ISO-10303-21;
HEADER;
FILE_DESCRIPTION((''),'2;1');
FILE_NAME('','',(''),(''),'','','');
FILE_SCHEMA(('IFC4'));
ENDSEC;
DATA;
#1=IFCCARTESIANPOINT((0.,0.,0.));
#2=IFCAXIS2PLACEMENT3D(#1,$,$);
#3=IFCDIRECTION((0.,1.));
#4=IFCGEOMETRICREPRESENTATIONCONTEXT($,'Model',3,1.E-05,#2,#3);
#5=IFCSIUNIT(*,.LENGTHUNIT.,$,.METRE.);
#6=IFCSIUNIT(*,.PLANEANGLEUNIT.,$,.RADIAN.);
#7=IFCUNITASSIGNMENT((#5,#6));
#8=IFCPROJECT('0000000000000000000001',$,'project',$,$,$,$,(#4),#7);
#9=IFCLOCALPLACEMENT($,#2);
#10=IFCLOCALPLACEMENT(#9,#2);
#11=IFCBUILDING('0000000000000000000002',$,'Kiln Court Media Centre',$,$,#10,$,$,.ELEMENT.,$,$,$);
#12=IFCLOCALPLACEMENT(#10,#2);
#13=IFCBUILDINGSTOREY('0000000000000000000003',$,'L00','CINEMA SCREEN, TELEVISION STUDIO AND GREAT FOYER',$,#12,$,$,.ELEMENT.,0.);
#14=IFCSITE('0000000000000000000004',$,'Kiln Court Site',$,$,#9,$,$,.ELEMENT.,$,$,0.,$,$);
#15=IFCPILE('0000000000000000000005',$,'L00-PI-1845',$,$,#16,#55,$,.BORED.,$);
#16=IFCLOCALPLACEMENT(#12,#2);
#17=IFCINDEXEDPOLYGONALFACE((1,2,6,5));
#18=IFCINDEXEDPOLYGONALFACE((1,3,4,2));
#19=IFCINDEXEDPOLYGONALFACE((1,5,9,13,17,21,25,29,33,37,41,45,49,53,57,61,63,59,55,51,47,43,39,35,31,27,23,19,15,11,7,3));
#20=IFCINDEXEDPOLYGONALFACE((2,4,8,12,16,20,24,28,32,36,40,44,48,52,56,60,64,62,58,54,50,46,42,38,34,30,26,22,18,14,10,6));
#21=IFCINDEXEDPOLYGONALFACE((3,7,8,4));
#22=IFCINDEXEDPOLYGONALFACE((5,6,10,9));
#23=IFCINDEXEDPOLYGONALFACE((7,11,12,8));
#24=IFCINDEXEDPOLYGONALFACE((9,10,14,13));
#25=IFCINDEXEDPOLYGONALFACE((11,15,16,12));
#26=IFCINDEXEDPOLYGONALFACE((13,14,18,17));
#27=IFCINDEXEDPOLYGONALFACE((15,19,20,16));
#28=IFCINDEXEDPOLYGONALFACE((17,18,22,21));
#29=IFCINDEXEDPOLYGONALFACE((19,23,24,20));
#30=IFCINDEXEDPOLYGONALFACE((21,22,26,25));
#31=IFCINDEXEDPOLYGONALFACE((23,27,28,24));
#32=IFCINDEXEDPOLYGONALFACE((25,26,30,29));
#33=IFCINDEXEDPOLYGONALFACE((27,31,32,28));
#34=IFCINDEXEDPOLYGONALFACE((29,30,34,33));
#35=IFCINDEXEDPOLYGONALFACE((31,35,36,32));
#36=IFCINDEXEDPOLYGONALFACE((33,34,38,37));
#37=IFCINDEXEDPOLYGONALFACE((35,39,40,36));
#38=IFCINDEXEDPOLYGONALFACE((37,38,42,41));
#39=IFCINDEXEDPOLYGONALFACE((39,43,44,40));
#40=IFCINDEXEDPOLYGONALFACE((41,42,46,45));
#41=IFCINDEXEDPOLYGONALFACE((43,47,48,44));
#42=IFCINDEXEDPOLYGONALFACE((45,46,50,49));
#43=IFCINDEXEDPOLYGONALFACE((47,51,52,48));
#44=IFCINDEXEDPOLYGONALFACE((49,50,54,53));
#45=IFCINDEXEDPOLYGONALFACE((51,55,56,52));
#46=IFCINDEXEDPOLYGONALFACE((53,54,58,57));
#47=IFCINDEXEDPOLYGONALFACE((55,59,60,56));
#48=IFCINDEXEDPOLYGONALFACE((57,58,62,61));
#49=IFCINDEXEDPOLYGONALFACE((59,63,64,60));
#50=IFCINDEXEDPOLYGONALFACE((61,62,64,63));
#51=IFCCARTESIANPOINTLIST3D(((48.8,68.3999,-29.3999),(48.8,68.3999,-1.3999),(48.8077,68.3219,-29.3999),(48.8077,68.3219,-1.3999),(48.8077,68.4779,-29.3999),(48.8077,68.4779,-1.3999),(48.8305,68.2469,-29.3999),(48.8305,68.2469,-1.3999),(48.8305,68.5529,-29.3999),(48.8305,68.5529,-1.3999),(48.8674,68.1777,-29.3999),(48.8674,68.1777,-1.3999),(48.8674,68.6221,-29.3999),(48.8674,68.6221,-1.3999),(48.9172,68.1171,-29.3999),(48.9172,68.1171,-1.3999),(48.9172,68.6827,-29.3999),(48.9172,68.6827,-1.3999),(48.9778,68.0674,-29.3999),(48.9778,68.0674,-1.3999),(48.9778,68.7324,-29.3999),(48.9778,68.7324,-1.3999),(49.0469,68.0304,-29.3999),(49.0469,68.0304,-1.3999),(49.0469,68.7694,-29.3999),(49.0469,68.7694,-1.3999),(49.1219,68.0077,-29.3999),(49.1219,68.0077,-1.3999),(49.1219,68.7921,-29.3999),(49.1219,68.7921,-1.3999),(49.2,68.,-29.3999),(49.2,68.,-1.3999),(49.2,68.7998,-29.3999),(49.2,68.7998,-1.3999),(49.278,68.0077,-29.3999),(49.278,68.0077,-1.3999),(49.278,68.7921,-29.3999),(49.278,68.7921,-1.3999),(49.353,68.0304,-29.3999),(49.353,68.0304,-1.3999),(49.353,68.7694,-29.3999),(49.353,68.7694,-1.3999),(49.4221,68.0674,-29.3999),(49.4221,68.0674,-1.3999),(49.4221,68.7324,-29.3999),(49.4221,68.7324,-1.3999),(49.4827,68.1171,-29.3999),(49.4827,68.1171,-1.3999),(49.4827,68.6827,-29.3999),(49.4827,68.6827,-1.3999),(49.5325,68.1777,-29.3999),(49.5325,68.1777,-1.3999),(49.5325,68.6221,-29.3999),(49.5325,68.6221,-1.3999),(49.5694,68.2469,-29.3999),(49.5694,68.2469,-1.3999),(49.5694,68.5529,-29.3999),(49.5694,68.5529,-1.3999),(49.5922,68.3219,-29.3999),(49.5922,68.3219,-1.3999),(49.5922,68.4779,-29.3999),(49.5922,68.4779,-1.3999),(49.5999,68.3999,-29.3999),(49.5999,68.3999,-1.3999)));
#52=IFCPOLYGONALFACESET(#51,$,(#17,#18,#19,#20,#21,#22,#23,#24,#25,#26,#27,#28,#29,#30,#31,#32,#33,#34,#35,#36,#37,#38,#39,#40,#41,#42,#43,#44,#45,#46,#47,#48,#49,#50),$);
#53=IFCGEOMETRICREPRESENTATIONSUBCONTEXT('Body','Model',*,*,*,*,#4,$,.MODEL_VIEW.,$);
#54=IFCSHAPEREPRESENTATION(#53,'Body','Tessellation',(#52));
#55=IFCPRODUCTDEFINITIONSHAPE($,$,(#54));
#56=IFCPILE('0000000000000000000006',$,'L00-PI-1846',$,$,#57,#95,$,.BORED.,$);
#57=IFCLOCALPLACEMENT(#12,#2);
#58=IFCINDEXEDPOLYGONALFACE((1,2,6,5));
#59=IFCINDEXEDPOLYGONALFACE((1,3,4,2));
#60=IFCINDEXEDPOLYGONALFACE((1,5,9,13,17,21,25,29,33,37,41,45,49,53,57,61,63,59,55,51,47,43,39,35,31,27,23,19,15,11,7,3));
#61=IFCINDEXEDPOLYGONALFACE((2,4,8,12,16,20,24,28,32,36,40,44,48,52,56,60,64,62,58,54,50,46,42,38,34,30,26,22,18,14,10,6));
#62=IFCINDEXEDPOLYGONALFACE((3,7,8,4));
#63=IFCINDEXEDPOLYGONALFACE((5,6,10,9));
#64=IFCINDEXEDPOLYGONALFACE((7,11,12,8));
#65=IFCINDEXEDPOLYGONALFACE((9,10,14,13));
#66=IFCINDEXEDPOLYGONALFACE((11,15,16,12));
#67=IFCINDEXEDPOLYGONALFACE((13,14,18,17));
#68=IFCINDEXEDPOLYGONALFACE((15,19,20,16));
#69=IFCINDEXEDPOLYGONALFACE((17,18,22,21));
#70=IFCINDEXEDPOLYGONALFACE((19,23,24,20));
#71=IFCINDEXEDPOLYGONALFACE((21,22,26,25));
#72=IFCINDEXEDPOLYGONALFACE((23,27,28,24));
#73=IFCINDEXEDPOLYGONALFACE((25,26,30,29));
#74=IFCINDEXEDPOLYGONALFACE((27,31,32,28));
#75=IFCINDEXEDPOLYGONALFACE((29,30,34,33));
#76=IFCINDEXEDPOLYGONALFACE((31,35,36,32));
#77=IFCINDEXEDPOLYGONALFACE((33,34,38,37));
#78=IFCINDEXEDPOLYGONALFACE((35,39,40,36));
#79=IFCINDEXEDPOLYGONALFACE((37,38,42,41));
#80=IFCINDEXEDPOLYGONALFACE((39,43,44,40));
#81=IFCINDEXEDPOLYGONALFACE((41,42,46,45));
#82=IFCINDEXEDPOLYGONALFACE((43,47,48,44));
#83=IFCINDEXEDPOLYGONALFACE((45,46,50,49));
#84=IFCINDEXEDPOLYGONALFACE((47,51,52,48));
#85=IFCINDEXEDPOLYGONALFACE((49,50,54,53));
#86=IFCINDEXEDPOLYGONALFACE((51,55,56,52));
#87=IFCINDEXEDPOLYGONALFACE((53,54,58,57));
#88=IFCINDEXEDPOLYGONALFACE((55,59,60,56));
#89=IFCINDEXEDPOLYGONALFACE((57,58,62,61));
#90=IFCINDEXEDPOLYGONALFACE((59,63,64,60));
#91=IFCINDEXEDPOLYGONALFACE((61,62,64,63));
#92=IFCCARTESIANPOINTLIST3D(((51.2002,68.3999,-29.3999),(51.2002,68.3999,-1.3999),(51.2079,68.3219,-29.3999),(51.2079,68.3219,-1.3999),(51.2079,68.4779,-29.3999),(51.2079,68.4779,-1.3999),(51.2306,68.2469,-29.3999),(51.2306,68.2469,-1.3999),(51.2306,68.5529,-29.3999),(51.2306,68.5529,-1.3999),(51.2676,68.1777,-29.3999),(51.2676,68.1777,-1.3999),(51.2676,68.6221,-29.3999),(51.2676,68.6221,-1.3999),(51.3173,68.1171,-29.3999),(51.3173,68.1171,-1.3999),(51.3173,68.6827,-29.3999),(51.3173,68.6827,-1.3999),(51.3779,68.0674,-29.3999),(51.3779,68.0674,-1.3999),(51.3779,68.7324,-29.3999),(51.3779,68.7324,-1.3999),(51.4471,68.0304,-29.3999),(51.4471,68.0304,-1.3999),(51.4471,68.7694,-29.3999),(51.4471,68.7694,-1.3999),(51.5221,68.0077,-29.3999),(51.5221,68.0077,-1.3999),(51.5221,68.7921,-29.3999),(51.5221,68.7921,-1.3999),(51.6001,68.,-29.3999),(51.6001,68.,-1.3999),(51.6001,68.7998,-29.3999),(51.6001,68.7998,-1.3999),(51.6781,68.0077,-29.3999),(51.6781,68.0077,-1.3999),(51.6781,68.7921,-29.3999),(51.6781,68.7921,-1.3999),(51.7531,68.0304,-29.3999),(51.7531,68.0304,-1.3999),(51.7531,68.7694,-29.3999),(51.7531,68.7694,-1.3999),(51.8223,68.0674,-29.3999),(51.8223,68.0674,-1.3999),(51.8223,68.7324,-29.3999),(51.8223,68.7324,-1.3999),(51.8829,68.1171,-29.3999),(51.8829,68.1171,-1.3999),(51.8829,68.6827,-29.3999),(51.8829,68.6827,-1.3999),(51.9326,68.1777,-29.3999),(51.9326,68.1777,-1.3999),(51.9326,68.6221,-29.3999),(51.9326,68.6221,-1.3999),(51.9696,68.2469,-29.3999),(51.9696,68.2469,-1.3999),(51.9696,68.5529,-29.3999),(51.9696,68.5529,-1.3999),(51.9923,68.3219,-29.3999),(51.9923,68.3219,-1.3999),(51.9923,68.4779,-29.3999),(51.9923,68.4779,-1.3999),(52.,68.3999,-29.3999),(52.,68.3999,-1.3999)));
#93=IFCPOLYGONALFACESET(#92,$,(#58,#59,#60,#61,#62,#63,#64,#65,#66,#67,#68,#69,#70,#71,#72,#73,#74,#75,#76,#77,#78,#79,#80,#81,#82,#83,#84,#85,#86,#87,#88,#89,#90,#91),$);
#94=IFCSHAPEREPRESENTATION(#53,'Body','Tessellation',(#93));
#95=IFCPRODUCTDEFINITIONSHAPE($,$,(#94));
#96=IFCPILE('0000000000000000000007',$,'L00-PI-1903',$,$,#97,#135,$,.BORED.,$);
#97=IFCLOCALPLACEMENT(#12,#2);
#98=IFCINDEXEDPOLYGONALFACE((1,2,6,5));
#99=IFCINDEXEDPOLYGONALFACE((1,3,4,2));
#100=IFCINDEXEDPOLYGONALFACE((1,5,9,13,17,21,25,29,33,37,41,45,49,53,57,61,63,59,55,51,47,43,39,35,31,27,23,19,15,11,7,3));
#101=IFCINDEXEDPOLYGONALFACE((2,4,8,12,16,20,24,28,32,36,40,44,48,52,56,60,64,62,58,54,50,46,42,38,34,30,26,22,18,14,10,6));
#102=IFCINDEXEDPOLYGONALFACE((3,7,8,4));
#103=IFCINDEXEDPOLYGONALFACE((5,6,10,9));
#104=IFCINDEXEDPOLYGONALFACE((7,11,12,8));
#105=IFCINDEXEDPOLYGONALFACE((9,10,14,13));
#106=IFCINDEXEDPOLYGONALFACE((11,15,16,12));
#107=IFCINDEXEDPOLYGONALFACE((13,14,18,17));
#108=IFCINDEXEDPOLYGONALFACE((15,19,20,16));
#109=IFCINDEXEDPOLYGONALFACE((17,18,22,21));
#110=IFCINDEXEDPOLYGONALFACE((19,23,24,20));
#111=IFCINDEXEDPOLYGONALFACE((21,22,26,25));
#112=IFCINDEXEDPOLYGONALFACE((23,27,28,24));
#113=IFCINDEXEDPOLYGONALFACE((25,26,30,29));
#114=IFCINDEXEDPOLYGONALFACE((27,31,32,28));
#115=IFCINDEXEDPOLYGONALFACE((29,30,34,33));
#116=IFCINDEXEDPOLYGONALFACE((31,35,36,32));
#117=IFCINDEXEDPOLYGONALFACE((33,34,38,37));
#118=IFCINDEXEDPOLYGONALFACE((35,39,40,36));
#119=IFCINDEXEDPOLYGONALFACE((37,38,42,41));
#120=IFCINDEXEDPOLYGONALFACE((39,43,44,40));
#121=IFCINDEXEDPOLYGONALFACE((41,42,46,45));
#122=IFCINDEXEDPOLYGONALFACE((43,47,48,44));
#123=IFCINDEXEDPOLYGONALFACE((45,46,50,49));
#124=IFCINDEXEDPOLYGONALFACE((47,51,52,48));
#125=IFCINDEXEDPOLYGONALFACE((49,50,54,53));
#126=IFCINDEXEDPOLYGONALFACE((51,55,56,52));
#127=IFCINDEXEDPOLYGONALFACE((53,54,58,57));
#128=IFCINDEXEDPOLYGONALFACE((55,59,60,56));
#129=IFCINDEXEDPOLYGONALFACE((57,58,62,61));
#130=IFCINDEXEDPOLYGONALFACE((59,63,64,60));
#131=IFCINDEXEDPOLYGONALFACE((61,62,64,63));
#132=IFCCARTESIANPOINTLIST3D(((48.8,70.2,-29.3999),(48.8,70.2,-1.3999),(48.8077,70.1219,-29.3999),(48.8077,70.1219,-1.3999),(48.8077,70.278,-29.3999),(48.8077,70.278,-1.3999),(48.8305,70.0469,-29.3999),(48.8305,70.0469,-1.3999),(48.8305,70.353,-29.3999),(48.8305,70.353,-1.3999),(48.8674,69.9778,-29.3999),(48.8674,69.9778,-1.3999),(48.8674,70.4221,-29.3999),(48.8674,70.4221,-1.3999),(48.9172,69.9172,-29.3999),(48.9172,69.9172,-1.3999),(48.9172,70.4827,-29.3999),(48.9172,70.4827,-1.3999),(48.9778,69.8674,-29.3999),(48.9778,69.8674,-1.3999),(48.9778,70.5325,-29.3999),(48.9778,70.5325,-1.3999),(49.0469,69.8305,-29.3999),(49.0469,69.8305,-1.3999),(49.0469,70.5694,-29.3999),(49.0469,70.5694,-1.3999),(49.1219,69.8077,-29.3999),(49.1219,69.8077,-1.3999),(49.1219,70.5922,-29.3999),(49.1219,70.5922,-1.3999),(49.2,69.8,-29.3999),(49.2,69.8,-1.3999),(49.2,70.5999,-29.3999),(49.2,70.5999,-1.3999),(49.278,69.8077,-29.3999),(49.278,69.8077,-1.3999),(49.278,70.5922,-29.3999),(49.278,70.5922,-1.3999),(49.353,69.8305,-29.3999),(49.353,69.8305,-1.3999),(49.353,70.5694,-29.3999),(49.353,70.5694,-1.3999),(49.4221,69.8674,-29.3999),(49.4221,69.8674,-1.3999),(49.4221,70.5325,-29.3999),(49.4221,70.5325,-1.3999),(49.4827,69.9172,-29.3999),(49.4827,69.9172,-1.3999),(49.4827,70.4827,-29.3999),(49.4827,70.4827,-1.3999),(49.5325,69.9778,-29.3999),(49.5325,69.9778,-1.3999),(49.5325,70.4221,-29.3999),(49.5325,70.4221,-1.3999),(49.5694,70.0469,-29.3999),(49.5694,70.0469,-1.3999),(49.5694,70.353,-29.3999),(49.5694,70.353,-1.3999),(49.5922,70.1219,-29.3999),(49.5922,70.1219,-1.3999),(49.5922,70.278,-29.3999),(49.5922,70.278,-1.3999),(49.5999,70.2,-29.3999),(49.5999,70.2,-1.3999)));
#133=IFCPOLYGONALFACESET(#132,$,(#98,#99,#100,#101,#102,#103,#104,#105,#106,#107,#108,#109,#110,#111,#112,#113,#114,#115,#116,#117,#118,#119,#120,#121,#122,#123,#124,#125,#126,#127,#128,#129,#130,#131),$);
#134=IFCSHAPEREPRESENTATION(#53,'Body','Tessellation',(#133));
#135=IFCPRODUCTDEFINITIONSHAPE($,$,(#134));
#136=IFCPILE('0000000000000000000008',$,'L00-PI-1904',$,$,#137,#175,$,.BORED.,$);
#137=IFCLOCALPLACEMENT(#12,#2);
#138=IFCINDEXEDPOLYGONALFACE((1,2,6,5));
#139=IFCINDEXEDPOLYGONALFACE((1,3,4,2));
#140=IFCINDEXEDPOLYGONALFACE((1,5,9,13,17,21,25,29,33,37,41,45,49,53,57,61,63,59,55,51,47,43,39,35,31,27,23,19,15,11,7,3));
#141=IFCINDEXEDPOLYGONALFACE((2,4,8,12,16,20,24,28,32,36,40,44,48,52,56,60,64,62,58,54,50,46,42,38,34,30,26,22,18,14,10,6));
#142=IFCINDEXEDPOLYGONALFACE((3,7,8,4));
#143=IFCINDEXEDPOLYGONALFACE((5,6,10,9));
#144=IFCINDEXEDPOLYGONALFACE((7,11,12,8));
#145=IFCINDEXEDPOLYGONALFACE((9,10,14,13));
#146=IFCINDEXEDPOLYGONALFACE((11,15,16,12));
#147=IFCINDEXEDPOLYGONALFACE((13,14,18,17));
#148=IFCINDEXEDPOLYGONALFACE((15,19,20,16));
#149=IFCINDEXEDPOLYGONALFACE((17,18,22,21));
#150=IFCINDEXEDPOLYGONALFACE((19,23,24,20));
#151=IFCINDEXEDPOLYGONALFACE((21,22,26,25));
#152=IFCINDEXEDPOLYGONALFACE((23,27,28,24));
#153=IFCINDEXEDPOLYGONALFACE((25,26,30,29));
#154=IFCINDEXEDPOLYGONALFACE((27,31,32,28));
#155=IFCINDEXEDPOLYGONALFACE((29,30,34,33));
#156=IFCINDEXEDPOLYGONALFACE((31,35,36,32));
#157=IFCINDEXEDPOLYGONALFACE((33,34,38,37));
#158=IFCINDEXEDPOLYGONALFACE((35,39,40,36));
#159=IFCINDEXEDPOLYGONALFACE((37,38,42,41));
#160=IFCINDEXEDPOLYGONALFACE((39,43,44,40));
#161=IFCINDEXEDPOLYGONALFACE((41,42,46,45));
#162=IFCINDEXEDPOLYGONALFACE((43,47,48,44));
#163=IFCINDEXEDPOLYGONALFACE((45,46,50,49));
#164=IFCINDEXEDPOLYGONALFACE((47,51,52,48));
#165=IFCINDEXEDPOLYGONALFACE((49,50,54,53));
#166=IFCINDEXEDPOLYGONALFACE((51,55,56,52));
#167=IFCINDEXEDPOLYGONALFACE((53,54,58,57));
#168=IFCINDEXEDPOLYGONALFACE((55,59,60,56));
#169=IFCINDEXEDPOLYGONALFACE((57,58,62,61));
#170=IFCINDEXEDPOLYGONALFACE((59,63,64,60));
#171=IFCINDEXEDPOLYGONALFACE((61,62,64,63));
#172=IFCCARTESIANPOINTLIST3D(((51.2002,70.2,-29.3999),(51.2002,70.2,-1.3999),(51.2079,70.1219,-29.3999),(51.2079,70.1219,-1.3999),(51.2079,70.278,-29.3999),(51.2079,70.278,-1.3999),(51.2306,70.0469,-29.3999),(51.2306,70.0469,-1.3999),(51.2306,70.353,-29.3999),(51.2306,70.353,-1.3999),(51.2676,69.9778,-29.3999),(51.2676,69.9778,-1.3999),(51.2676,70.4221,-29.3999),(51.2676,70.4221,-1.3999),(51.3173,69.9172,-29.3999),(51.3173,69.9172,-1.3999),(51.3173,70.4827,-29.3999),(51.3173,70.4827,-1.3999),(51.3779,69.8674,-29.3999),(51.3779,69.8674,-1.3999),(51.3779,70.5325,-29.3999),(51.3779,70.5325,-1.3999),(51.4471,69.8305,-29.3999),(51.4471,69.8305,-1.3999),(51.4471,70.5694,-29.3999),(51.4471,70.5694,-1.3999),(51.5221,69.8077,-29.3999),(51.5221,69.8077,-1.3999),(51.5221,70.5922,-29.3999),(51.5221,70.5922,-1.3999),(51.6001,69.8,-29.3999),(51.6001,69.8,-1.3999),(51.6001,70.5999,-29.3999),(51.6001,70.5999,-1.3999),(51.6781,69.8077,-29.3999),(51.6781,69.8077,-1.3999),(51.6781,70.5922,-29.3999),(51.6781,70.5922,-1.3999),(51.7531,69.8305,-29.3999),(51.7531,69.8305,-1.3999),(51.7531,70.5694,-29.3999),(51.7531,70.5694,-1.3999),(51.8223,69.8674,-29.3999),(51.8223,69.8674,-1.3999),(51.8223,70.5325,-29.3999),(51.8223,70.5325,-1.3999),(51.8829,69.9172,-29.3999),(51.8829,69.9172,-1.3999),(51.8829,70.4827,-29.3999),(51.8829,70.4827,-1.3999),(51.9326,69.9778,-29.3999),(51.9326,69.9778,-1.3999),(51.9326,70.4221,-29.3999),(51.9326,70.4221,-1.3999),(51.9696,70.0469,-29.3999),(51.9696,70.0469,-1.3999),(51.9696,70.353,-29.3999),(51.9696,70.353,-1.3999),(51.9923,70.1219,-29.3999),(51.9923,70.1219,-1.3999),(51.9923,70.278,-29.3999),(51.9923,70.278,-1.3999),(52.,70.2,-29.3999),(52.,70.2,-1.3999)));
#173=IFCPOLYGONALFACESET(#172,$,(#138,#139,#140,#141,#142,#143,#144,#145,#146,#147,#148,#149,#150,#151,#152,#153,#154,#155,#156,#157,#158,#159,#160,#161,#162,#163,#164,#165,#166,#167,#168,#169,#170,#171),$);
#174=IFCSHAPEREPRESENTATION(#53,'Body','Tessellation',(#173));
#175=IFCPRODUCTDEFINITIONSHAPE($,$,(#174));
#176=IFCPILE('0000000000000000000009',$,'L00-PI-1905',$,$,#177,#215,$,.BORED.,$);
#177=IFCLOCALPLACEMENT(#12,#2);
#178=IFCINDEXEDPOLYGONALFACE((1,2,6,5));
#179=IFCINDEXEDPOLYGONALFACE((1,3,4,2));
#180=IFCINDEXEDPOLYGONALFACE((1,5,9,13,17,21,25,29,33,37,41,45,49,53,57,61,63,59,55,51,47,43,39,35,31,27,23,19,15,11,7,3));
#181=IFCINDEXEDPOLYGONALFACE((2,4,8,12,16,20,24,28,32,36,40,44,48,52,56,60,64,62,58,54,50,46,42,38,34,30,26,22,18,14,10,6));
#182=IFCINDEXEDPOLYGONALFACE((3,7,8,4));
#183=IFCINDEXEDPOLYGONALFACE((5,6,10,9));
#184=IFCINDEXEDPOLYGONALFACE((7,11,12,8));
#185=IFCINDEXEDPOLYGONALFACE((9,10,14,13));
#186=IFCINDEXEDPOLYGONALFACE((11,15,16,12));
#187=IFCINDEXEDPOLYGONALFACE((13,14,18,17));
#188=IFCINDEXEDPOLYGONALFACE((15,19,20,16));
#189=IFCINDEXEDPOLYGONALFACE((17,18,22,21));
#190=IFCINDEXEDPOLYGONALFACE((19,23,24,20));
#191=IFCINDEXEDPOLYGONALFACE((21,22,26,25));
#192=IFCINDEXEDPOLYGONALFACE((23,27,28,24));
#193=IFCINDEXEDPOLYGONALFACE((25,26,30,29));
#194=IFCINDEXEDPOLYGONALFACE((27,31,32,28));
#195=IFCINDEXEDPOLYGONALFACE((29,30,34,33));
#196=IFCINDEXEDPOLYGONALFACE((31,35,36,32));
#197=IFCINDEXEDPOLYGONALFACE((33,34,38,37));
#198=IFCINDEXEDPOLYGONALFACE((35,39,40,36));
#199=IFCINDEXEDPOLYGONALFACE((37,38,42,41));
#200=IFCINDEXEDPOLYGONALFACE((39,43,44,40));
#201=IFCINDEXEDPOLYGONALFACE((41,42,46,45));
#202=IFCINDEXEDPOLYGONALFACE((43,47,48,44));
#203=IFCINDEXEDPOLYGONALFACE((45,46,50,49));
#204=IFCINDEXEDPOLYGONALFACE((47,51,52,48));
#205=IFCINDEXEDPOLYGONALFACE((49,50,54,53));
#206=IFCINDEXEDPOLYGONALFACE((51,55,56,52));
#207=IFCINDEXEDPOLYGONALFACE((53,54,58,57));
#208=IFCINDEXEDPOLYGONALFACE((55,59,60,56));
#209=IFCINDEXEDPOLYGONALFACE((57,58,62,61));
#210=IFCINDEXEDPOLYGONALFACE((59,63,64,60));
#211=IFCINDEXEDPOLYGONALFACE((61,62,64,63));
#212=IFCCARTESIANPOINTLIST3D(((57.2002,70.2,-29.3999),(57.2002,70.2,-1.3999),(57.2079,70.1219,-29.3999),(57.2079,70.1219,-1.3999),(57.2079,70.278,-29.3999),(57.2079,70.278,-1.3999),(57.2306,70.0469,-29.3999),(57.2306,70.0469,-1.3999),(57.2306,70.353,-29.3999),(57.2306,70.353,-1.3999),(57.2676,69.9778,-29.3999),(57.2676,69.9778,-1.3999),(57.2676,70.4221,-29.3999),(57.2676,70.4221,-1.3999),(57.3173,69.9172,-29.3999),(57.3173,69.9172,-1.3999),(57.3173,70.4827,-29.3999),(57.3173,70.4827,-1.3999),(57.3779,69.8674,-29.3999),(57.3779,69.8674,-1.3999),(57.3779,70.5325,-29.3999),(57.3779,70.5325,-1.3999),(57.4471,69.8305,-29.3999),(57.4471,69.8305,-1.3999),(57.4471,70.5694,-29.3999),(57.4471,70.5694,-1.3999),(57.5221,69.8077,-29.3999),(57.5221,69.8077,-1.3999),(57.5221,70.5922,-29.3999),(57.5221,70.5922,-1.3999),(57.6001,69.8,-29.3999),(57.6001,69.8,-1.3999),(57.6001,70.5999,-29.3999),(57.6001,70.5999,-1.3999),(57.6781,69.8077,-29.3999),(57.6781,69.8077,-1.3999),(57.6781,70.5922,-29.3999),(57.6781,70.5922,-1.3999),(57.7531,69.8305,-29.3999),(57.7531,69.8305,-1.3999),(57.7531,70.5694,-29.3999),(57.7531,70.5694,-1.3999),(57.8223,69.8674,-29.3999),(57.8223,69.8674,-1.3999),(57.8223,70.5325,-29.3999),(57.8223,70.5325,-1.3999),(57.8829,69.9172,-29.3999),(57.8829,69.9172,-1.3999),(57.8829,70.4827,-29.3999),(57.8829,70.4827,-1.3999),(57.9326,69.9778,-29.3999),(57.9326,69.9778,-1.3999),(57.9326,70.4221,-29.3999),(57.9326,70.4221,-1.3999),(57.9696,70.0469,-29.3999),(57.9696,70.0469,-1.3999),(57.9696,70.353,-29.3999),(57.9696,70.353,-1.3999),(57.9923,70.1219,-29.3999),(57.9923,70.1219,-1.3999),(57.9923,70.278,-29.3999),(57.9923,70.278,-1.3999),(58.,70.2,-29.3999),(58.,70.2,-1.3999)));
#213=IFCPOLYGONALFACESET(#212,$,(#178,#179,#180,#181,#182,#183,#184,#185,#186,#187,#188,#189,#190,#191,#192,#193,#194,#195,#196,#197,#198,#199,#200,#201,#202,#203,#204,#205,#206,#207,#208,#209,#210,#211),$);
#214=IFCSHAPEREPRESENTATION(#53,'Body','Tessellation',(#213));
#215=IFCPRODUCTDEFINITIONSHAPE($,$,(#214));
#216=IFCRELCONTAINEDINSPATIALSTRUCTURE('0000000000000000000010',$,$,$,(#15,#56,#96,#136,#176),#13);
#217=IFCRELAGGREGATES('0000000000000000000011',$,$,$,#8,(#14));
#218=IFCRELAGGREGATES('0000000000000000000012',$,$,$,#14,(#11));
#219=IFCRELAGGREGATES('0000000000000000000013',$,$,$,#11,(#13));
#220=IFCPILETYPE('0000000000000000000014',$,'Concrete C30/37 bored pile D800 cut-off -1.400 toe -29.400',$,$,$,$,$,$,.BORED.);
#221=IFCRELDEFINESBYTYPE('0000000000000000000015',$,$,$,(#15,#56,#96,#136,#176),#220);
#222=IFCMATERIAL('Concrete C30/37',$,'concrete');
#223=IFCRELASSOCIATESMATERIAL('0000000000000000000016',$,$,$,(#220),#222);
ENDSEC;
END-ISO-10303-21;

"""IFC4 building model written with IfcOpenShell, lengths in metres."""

from ifc_helpers import new_model, si_unit, direction, frame, origin, origin_2d, place, context, subcontext, project, spatial, circle, extrude, material, material_profile, profile_set, type_object, element, save


model = new_model("IFC4")

# Units and contexts
model_context = context("Model", 3, precision=1e-05, world=origin(), true_north=direction((0.0, 1.0)))
body_context = subcontext(model_context, "Body", "Model", "MODEL_VIEW")
ifc_project = project(units=[si_unit("LENGTHUNIT", "METRE"), si_unit("PLANEANGLEUNIT", "RADIAN")], contexts=[model_context])

# Site, building, storey
site_placement = place(None, origin())
site = spatial("IfcSite", under=ifc_project, at=site_placement, Name="Kiln Court Site", CompositionType="ELEMENT", RefElevation=0.0)
building_placement = place(site_placement, origin())
building = spatial("IfcBuilding", under=site, at=building_placement, Name="Kiln Court Media Centre", CompositionType="ELEMENT")
storey_placement = place(building_placement, origin())
storey = spatial("IfcBuildingStorey", under=building, at=storey_placement, Name="L00", Description="CINEMA SCREEN, TELEVISION STUDIO AND GREAT FOYER", CompositionType="ELEMENT", Elevation=0.0)

# Piles
ifc_material_1 = material(Name="Concrete C30/37", Category="concrete")
ifc_material_profile_1 = material_profile(ifc_material_1, circle(Radius=0.3999, at=origin_2d()), Name="PILE D800")
ifc_profile_set_1 = profile_set([ifc_material_profile_1], Name="Concrete C30/37")
pile_type = type_object("IfcPileType", Name="Concrete C30/37 bored pile D800 cut-off -1.400 toe -29.400", PredefinedType="BORED", material=ifc_profile_set_1)
for number, where, z_axis, x_axis, name in (
    (1, (49.2, 68.3999, -1.3999), (0.0, 0.0, -1.0), (1.0, 0.0, 0.0), "L00-PI-1845"),
    (2, (51.6001, 68.3999, -1.3999), (0.0, 0.0, -1.0), (1.0, 0.0, 0.0), "L00-PI-1846"),
    (3, (49.2, 70.2, -1.3999), (0.0, 0.0, -1.0), (1.0, 0.0, 0.0), "L00-PI-1903"),
    (4, (51.6001, 70.2, -1.3999), (0.0, 0.0, -1.0), (1.0, 0.0, 0.0), "L00-PI-1904"),
    (5, (57.6001, 70.2, -1.3999), (0.0, 0.0, -1.0), (1.0, 0.0, 0.0), "L00-PI-1905"),
):
    element("IfcPile", number, at=place(storey_placement, frame(where, z_axis=z_axis, x_axis=x_axis)), inside=storey, type_object=pile_type, Name=name, PredefinedType="BORED", context=body_context, shape_type="SweptSolid", body=[
        extrude(circle(Radius=0.3999, at=origin_2d()), origin(), (0.0, 0.0, 1.0), 28.0),
    ])

save(model, "model.ifc")
